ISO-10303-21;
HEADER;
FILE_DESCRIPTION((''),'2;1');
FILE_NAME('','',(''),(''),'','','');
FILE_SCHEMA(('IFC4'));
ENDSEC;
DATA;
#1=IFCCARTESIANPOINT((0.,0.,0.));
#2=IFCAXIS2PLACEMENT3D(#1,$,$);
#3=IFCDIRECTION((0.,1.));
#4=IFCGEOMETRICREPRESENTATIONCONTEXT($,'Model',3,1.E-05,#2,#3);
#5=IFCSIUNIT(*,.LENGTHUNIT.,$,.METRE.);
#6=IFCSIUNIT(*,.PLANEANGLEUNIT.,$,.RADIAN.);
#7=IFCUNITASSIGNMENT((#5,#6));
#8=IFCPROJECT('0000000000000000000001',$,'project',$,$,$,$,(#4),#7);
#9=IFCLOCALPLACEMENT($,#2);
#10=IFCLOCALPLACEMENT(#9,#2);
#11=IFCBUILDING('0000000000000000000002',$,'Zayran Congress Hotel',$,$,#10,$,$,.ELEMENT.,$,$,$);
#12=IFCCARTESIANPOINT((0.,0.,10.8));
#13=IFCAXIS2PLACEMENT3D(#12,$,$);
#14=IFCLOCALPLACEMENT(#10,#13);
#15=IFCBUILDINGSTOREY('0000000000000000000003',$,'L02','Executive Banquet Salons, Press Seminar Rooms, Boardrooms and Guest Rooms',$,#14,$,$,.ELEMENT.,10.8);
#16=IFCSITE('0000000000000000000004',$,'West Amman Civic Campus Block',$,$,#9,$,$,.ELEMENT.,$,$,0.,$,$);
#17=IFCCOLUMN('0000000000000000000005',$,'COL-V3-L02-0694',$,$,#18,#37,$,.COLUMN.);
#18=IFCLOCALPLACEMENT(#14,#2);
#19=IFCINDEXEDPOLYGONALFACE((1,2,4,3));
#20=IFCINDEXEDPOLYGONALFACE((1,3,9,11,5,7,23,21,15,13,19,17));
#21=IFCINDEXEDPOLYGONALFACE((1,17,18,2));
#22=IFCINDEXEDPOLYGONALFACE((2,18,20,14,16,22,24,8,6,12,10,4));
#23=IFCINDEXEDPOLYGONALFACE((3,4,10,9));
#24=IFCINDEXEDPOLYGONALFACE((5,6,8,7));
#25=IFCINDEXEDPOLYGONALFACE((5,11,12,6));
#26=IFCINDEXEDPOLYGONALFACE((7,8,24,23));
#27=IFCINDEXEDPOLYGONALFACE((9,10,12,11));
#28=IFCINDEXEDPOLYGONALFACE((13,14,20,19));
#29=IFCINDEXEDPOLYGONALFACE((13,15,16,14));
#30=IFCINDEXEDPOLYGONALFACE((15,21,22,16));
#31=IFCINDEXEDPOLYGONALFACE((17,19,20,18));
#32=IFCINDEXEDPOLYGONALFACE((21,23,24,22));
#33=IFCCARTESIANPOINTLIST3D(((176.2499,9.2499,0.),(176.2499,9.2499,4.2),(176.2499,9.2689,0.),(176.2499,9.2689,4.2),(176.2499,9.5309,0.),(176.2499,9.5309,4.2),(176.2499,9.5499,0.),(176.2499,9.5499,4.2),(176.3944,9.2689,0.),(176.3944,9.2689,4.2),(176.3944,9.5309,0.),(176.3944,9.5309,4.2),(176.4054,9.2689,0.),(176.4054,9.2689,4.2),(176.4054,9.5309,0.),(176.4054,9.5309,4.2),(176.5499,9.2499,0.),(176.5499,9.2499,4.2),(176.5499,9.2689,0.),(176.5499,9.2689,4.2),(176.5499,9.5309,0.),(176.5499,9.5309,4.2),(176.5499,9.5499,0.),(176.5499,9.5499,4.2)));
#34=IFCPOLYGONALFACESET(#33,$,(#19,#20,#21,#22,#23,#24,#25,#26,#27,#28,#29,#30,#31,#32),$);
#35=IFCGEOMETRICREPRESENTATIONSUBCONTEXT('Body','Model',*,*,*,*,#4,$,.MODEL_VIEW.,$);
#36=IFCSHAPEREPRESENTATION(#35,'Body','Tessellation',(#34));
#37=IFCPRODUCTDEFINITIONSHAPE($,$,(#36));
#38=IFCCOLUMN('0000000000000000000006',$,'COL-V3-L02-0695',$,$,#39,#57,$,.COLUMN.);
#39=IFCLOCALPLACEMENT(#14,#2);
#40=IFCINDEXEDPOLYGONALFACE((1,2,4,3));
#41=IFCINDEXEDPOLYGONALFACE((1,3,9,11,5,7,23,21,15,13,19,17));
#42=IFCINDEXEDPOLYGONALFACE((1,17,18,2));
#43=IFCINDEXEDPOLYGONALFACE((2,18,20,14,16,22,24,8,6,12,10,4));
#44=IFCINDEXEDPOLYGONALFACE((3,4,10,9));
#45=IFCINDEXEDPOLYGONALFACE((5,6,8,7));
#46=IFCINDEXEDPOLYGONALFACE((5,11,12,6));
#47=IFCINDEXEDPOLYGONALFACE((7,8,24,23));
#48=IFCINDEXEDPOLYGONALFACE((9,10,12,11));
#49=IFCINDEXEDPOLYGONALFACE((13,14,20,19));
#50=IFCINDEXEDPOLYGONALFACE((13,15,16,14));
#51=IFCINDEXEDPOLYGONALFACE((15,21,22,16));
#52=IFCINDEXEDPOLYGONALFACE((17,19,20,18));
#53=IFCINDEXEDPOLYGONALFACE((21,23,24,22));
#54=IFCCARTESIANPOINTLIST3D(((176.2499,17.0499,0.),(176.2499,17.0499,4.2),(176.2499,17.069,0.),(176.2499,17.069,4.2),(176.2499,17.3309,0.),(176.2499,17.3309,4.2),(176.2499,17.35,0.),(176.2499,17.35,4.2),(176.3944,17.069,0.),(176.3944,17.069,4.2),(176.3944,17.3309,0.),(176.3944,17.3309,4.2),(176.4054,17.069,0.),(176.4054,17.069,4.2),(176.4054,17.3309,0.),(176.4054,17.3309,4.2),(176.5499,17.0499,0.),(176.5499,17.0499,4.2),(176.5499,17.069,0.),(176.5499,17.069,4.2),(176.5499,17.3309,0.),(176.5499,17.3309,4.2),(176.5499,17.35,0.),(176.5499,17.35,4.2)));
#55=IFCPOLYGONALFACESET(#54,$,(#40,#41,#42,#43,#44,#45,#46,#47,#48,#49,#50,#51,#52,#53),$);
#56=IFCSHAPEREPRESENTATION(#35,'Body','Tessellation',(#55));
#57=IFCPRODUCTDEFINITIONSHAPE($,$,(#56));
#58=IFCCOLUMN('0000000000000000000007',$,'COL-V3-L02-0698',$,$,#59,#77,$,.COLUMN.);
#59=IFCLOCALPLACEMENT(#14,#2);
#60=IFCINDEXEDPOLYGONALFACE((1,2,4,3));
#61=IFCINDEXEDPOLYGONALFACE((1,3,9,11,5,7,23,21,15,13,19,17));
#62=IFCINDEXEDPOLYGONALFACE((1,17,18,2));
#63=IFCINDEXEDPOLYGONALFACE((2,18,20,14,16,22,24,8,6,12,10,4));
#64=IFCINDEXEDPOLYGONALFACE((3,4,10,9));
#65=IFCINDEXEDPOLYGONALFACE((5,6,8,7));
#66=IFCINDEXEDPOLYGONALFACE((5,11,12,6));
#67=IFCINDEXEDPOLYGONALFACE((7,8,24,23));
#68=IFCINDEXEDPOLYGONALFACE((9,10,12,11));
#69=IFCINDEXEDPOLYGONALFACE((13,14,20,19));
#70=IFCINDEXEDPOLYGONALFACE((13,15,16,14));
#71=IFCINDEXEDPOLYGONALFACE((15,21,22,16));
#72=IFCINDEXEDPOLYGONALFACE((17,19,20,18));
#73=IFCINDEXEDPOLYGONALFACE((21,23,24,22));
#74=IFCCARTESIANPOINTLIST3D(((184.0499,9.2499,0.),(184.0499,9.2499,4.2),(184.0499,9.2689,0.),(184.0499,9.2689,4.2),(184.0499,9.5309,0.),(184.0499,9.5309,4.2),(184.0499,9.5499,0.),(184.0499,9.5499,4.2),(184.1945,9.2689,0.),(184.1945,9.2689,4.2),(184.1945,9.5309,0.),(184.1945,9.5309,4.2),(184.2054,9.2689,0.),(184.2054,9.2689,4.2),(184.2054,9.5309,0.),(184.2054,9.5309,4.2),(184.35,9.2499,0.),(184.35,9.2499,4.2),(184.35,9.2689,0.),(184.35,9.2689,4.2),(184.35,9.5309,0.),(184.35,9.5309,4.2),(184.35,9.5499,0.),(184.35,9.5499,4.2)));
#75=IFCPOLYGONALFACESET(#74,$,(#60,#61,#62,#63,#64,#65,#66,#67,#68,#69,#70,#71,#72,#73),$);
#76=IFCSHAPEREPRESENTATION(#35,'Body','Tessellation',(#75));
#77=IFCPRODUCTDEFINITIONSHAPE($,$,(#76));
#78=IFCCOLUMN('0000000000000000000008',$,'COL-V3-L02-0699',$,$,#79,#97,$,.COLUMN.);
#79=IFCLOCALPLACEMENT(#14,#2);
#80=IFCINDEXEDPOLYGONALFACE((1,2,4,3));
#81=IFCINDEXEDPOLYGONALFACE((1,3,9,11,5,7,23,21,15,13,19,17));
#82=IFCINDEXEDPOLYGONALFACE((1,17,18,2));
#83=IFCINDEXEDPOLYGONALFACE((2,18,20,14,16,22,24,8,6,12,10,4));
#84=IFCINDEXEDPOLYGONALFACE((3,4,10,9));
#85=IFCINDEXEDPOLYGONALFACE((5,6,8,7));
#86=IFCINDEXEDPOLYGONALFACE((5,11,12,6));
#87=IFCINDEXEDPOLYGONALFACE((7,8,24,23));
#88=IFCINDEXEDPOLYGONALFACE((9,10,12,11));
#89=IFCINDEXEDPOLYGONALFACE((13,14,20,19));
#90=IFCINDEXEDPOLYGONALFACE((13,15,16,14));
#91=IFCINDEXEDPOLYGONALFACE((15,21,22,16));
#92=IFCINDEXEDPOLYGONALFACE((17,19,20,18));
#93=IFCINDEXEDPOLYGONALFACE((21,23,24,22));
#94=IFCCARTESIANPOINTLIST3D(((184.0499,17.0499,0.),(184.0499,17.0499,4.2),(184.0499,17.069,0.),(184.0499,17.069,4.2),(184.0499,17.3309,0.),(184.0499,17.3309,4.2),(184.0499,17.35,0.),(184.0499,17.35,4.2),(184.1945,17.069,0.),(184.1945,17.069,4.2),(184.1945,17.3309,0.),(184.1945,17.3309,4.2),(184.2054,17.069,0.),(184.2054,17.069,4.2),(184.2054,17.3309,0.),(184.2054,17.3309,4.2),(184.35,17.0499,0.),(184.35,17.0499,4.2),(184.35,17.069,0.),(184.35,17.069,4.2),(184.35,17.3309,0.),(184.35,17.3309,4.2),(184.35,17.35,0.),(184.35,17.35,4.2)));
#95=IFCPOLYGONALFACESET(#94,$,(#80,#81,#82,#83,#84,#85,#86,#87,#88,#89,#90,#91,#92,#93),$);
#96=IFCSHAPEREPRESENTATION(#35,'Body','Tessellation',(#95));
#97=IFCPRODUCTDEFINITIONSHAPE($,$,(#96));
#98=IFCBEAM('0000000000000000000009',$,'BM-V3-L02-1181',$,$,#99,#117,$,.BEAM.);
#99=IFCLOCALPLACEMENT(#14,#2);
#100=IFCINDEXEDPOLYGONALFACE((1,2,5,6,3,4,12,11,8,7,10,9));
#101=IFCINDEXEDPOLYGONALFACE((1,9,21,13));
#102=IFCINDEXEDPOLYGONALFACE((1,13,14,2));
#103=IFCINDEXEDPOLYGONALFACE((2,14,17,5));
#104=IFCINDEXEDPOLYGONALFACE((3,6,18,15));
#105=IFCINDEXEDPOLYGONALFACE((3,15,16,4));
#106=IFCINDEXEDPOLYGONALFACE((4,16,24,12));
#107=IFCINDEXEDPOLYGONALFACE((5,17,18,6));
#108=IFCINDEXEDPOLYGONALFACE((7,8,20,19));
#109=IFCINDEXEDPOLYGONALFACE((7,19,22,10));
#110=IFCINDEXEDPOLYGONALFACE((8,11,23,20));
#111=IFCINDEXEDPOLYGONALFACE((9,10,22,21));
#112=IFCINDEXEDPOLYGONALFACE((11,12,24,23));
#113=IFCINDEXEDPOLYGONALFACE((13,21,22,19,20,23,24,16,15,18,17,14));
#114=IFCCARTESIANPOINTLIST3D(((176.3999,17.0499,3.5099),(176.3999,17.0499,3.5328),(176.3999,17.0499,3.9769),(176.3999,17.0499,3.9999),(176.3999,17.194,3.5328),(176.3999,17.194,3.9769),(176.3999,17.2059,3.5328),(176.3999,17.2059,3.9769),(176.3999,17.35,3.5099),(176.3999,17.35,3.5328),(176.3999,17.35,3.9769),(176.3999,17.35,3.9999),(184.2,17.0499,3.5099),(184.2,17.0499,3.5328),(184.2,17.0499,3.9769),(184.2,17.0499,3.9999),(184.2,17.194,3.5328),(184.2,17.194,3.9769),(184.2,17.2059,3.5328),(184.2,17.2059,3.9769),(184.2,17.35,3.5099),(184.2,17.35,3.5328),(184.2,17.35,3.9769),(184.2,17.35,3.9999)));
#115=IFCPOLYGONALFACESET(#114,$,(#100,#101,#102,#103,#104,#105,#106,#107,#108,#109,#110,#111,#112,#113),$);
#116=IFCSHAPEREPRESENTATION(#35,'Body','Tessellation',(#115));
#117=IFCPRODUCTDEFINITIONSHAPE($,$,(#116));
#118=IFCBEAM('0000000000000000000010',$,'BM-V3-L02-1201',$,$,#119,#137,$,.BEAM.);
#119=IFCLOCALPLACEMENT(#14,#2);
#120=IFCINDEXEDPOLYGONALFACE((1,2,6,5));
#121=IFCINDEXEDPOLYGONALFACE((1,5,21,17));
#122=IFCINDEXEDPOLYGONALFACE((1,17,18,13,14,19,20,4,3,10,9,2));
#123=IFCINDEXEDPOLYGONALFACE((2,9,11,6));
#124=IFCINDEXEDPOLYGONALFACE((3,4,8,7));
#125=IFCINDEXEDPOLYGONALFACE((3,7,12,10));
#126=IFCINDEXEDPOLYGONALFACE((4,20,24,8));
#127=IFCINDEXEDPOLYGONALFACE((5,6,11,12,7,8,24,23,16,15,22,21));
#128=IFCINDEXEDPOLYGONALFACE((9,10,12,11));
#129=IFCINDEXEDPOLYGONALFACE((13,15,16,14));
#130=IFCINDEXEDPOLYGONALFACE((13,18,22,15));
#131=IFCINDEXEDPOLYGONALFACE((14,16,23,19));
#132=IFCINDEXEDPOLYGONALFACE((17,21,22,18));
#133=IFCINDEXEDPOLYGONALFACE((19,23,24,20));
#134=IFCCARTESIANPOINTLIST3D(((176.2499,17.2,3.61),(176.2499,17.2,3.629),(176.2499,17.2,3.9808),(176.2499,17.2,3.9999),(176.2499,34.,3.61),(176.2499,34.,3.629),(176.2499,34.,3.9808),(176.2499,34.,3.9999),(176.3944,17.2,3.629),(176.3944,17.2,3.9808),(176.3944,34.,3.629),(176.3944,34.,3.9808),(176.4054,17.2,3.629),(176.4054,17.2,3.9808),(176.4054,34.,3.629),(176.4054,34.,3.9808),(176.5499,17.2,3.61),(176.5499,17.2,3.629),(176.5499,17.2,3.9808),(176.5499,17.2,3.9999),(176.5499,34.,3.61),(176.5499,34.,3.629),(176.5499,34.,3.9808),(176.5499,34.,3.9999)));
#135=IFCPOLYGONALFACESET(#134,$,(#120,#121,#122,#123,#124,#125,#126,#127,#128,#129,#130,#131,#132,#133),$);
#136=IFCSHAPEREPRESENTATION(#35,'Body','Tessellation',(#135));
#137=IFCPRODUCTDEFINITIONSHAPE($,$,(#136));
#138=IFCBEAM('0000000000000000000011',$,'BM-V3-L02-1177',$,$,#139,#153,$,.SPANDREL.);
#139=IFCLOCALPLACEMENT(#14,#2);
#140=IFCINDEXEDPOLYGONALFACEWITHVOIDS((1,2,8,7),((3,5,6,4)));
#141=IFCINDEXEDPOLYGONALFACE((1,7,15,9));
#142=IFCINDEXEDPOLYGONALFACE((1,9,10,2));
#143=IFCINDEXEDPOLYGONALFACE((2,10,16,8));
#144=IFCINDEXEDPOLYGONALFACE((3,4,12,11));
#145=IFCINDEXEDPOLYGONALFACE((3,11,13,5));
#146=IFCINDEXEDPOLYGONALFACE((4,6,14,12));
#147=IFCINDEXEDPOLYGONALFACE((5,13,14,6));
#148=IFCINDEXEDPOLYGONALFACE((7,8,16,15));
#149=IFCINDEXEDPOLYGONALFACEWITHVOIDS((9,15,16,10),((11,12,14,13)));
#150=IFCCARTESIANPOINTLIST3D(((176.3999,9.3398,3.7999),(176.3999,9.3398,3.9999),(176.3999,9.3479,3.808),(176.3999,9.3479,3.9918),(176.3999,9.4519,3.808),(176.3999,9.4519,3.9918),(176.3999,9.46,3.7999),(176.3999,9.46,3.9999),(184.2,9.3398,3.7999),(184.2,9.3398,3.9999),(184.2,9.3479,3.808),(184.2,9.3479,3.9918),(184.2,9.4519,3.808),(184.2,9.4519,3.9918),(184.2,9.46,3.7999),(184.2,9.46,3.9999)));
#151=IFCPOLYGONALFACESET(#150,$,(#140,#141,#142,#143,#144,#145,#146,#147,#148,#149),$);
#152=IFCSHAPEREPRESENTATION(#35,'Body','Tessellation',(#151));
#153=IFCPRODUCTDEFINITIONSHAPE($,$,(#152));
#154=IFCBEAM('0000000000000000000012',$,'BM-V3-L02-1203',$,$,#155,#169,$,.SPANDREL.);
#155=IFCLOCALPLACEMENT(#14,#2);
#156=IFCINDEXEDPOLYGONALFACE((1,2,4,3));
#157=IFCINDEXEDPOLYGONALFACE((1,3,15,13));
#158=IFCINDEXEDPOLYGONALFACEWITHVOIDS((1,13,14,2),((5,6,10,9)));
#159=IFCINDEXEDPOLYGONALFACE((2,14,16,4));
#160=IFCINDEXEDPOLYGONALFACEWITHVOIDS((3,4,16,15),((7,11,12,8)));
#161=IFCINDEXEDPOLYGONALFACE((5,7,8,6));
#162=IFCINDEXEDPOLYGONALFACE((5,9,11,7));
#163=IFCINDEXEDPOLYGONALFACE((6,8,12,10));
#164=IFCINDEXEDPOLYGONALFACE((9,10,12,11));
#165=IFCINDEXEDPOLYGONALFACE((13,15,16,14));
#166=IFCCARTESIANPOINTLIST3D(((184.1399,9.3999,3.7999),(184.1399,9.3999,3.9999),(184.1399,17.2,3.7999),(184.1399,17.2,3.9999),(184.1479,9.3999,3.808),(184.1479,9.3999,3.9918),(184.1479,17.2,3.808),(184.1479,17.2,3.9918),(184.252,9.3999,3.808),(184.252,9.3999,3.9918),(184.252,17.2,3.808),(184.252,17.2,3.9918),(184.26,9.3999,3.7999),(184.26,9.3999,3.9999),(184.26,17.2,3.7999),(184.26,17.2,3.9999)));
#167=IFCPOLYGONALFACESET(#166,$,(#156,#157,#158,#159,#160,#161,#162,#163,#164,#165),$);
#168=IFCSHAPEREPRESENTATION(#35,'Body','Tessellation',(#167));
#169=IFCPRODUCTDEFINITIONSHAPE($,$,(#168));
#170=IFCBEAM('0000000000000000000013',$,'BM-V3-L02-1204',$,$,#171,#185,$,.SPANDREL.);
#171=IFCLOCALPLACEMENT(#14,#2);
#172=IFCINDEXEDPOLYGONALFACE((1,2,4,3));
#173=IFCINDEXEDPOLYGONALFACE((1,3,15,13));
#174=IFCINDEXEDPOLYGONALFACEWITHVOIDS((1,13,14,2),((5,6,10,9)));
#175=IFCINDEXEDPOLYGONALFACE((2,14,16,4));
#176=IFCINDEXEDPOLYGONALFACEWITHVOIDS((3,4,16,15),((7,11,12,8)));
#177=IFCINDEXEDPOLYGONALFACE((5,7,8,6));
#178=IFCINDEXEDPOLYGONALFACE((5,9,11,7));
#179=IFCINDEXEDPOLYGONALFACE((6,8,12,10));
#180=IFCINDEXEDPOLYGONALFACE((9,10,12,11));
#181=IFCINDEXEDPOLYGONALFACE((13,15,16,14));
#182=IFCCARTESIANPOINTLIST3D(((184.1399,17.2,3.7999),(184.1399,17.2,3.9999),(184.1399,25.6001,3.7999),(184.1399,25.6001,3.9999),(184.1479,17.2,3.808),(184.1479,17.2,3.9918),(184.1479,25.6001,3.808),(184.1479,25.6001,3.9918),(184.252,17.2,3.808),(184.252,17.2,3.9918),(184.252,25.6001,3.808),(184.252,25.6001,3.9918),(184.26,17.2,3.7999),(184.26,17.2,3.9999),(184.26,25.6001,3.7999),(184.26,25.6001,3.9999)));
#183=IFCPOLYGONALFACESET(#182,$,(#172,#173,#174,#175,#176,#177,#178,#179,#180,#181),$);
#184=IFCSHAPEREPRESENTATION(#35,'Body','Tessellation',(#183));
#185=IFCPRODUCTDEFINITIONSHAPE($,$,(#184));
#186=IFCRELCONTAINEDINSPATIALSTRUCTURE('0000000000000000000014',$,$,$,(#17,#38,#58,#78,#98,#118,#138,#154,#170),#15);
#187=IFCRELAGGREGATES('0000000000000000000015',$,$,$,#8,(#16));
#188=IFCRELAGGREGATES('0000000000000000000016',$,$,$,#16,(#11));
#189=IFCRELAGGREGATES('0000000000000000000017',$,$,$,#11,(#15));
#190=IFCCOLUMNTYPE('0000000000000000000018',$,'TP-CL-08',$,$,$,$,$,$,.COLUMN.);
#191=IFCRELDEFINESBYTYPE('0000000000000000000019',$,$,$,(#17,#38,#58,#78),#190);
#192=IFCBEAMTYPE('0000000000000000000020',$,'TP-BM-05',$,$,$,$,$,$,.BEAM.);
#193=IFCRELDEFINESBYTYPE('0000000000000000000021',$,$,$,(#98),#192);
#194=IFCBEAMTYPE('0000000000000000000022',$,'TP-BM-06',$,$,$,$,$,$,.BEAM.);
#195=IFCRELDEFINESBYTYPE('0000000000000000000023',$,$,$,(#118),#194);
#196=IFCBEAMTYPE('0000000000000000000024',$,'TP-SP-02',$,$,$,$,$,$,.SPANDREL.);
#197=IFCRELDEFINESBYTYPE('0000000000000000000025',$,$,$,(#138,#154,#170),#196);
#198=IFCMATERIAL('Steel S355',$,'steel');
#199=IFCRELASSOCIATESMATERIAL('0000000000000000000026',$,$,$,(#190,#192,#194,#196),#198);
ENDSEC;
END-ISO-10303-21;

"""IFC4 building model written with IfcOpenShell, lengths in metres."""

from ifc_helpers import new_model, si_unit, direction, frame, origin, origin_2d, place, context, subcontext, project, spatial, hollow_rectangle, i_section, extrude, material, material_profile, profile_set, type_object, element, save


model = new_model("IFC4")

# Units and contexts
model_context = context("Model", 3, precision=1e-05, world=origin(), true_north=direction((0.0, 1.0)))
body_context = subcontext(model_context, "Body", "Model", "MODEL_VIEW")
ifc_project = project(units=[si_unit("LENGTHUNIT", "METRE"), si_unit("PLANEANGLEUNIT", "RADIAN")], contexts=[model_context])

# Site, building, storey
site_placement = place(None, origin())
site = spatial("IfcSite", under=ifc_project, at=site_placement, Name="West Amman Civic Campus Block", CompositionType="ELEMENT", RefElevation=0.0)
building_placement = place(site_placement, origin())
building = spatial("IfcBuilding", under=site, at=building_placement, Name="Zayran Congress Hotel", CompositionType="ELEMENT")
storey_placement = place(building_placement, frame((0.0, 0.0, 10.8)))
storey = spatial("IfcBuildingStorey", under=building, at=storey_placement, Name="L02", Description="Executive Banquet Salons, Press Seminar Rooms, Boardrooms and Guest Rooms", CompositionType="ELEMENT", Elevation=10.8)

# Columns
ifc_material_1 = material(Name="Steel S355", Category="steel")
ifc_material_profile_1 = material_profile(ifc_material_1, i_section(OverallWidth=0.3, OverallDepth=0.3, WebThickness=0.011, FlangeThickness=0.019, at=origin_2d()), Name="HEB 300")
ifc_profile_set_1 = profile_set([ifc_material_profile_1], Name="Steel S355")
column_type = type_object("IfcColumnType", Name="TP-CL-08", PredefinedType="COLUMN", material=ifc_profile_set_1)
for number, where, z_axis, x_axis, name in (
    (1, (176.3999, 9.3999, 0.0), (0.0, 0.0, 1.0), (1.0, 0.0, 0.0), "COL-V3-L02-0694"),
    (2, (176.3999, 17.2, 0.0), (0.0, 0.0, 1.0), (1.0, 0.0, 0.0), "COL-V3-L02-0695"),
    (3, (184.2, 9.3999, 0.0), (0.0, 0.0, 1.0), (1.0, 0.0, 0.0), "COL-V3-L02-0698"),
    (4, (184.2, 17.2, 0.0), (0.0, 0.0, 1.0), (1.0, 0.0, 0.0), "COL-V3-L02-0699"),
):
    element("IfcColumn", number, at=place(storey_placement, frame(where, z_axis=z_axis, x_axis=x_axis)), inside=storey, type_object=column_type, Name=name, PredefinedType="COLUMN", context=body_context, shape_type="SweptSolid", body=[
        extrude(i_section(OverallWidth=0.3, OverallDepth=0.3, WebThickness=0.011, FlangeThickness=0.019, at=origin_2d()), origin(), (0.0, 0.0, 1.0), 4.2),
    ])

# Beams
ifc_material_profile_2 = material_profile(ifc_material_1, i_section(OverallWidth=0.3, OverallDepth=0.49, WebThickness=0.012, FlangeThickness=0.0229, at=origin_2d()), Name="HEA 500")
ifc_profile_set_2 = profile_set([ifc_material_profile_2], Name="Steel S355")
beam_type_1 = type_object("IfcBeamType", Name="TP-BM-05", PredefinedType="BEAM", material=ifc_profile_set_2)
beam_1_placement = place(storey_placement, frame((176.3999, 17.2, 3.7549), z_axis=(1.0, 0.0, 0.0), x_axis=(0.0, 1.0, 0.0)))
element("IfcBeam", 5, at=beam_1_placement, inside=storey, type_object=beam_type_1, Name="BM-V3-L02-1181", PredefinedType="BEAM", context=body_context, shape_type="SweptSolid", body=[
    extrude(i_section(OverallWidth=0.3, OverallDepth=0.49, WebThickness=0.012, FlangeThickness=0.0229, at=origin_2d()), origin(), (0.0, 0.0, 1.0), 7.8),
])
ifc_material_profile_3 = material_profile(ifc_material_1, i_section(OverallWidth=0.3, OverallDepth=0.3899, WebThickness=0.011, FlangeThickness=0.019, at=origin_2d()), Name="HEA 400")
ifc_profile_set_3 = profile_set([ifc_material_profile_3], Name="Steel S355")
beam_type_2 = type_object("IfcBeamType", Name="TP-BM-06", PredefinedType="BEAM", material=ifc_profile_set_3)
beam_2_placement = place(storey_placement, frame((176.3999, 17.2, 3.8049), z_axis=(0.0, 1.0, 0.0), x_axis=(-1.0, 0.0, 0.0)))
element("IfcBeam", 6, at=beam_2_placement, inside=storey, type_object=beam_type_2, Name="BM-V3-L02-1201", PredefinedType="BEAM", context=body_context, shape_type="SweptSolid", body=[
    extrude(i_section(OverallWidth=0.3, OverallDepth=0.3899, WebThickness=0.011, FlangeThickness=0.019, at=origin_2d()), origin(), (0.0, 0.0, 1.0), 16.8),
])
ifc_material_profile_4 = material_profile(ifc_material_1, hollow_rectangle(XDim=0.1201, YDim=0.2, WallThickness=0.0081, at=origin_2d()), Name="RHS 200x120x8")
ifc_profile_set_4 = profile_set([ifc_material_profile_4], Name="Steel S355")
beam_type_3 = type_object("IfcBeamType", Name="TP-SP-02", PredefinedType="SPANDREL", material=ifc_profile_set_4)
for number, where, z_axis, x_axis, name in (
    (7, (176.3999, 9.3999, 3.8999), (1.0, 0.0, 0.0), (0.0, 1.0, 0.0), "BM-V3-L02-1177"),
    (8, (184.2, 9.3999, 3.8999), (0.0, 1.0, 0.0), (-1.0, 0.0, 0.0), "BM-V3-L02-1203"),
):
    element("IfcBeam", number, at=place(storey_placement, frame(where, z_axis=z_axis, x_axis=x_axis)), inside=storey, type_object=beam_type_3, Name=name, PredefinedType="SPANDREL", context=body_context, shape_type="SweptSolid", body=[
        extrude(hollow_rectangle(XDim=0.1201, YDim=0.2, WallThickness=0.0081, at=origin_2d()), origin(), (0.0, 0.0, 1.0), 7.8),
    ])
beam_3_placement = place(storey_placement, frame((184.2, 17.2, 3.8999), z_axis=(0.0, 1.0, 0.0), x_axis=(-1.0, 0.0, 0.0)))
element("IfcBeam", 9, at=beam_3_placement, inside=storey, type_object=beam_type_3, Name="BM-V3-L02-1204", PredefinedType="SPANDREL", context=body_context, shape_type="SweptSolid", body=[
    extrude(hollow_rectangle(XDim=0.1201, YDim=0.2, WallThickness=0.0081, at=origin_2d()), origin(), (0.0, 0.0, 1.0), 8.4001),
])

save(model, "model.ifc")
